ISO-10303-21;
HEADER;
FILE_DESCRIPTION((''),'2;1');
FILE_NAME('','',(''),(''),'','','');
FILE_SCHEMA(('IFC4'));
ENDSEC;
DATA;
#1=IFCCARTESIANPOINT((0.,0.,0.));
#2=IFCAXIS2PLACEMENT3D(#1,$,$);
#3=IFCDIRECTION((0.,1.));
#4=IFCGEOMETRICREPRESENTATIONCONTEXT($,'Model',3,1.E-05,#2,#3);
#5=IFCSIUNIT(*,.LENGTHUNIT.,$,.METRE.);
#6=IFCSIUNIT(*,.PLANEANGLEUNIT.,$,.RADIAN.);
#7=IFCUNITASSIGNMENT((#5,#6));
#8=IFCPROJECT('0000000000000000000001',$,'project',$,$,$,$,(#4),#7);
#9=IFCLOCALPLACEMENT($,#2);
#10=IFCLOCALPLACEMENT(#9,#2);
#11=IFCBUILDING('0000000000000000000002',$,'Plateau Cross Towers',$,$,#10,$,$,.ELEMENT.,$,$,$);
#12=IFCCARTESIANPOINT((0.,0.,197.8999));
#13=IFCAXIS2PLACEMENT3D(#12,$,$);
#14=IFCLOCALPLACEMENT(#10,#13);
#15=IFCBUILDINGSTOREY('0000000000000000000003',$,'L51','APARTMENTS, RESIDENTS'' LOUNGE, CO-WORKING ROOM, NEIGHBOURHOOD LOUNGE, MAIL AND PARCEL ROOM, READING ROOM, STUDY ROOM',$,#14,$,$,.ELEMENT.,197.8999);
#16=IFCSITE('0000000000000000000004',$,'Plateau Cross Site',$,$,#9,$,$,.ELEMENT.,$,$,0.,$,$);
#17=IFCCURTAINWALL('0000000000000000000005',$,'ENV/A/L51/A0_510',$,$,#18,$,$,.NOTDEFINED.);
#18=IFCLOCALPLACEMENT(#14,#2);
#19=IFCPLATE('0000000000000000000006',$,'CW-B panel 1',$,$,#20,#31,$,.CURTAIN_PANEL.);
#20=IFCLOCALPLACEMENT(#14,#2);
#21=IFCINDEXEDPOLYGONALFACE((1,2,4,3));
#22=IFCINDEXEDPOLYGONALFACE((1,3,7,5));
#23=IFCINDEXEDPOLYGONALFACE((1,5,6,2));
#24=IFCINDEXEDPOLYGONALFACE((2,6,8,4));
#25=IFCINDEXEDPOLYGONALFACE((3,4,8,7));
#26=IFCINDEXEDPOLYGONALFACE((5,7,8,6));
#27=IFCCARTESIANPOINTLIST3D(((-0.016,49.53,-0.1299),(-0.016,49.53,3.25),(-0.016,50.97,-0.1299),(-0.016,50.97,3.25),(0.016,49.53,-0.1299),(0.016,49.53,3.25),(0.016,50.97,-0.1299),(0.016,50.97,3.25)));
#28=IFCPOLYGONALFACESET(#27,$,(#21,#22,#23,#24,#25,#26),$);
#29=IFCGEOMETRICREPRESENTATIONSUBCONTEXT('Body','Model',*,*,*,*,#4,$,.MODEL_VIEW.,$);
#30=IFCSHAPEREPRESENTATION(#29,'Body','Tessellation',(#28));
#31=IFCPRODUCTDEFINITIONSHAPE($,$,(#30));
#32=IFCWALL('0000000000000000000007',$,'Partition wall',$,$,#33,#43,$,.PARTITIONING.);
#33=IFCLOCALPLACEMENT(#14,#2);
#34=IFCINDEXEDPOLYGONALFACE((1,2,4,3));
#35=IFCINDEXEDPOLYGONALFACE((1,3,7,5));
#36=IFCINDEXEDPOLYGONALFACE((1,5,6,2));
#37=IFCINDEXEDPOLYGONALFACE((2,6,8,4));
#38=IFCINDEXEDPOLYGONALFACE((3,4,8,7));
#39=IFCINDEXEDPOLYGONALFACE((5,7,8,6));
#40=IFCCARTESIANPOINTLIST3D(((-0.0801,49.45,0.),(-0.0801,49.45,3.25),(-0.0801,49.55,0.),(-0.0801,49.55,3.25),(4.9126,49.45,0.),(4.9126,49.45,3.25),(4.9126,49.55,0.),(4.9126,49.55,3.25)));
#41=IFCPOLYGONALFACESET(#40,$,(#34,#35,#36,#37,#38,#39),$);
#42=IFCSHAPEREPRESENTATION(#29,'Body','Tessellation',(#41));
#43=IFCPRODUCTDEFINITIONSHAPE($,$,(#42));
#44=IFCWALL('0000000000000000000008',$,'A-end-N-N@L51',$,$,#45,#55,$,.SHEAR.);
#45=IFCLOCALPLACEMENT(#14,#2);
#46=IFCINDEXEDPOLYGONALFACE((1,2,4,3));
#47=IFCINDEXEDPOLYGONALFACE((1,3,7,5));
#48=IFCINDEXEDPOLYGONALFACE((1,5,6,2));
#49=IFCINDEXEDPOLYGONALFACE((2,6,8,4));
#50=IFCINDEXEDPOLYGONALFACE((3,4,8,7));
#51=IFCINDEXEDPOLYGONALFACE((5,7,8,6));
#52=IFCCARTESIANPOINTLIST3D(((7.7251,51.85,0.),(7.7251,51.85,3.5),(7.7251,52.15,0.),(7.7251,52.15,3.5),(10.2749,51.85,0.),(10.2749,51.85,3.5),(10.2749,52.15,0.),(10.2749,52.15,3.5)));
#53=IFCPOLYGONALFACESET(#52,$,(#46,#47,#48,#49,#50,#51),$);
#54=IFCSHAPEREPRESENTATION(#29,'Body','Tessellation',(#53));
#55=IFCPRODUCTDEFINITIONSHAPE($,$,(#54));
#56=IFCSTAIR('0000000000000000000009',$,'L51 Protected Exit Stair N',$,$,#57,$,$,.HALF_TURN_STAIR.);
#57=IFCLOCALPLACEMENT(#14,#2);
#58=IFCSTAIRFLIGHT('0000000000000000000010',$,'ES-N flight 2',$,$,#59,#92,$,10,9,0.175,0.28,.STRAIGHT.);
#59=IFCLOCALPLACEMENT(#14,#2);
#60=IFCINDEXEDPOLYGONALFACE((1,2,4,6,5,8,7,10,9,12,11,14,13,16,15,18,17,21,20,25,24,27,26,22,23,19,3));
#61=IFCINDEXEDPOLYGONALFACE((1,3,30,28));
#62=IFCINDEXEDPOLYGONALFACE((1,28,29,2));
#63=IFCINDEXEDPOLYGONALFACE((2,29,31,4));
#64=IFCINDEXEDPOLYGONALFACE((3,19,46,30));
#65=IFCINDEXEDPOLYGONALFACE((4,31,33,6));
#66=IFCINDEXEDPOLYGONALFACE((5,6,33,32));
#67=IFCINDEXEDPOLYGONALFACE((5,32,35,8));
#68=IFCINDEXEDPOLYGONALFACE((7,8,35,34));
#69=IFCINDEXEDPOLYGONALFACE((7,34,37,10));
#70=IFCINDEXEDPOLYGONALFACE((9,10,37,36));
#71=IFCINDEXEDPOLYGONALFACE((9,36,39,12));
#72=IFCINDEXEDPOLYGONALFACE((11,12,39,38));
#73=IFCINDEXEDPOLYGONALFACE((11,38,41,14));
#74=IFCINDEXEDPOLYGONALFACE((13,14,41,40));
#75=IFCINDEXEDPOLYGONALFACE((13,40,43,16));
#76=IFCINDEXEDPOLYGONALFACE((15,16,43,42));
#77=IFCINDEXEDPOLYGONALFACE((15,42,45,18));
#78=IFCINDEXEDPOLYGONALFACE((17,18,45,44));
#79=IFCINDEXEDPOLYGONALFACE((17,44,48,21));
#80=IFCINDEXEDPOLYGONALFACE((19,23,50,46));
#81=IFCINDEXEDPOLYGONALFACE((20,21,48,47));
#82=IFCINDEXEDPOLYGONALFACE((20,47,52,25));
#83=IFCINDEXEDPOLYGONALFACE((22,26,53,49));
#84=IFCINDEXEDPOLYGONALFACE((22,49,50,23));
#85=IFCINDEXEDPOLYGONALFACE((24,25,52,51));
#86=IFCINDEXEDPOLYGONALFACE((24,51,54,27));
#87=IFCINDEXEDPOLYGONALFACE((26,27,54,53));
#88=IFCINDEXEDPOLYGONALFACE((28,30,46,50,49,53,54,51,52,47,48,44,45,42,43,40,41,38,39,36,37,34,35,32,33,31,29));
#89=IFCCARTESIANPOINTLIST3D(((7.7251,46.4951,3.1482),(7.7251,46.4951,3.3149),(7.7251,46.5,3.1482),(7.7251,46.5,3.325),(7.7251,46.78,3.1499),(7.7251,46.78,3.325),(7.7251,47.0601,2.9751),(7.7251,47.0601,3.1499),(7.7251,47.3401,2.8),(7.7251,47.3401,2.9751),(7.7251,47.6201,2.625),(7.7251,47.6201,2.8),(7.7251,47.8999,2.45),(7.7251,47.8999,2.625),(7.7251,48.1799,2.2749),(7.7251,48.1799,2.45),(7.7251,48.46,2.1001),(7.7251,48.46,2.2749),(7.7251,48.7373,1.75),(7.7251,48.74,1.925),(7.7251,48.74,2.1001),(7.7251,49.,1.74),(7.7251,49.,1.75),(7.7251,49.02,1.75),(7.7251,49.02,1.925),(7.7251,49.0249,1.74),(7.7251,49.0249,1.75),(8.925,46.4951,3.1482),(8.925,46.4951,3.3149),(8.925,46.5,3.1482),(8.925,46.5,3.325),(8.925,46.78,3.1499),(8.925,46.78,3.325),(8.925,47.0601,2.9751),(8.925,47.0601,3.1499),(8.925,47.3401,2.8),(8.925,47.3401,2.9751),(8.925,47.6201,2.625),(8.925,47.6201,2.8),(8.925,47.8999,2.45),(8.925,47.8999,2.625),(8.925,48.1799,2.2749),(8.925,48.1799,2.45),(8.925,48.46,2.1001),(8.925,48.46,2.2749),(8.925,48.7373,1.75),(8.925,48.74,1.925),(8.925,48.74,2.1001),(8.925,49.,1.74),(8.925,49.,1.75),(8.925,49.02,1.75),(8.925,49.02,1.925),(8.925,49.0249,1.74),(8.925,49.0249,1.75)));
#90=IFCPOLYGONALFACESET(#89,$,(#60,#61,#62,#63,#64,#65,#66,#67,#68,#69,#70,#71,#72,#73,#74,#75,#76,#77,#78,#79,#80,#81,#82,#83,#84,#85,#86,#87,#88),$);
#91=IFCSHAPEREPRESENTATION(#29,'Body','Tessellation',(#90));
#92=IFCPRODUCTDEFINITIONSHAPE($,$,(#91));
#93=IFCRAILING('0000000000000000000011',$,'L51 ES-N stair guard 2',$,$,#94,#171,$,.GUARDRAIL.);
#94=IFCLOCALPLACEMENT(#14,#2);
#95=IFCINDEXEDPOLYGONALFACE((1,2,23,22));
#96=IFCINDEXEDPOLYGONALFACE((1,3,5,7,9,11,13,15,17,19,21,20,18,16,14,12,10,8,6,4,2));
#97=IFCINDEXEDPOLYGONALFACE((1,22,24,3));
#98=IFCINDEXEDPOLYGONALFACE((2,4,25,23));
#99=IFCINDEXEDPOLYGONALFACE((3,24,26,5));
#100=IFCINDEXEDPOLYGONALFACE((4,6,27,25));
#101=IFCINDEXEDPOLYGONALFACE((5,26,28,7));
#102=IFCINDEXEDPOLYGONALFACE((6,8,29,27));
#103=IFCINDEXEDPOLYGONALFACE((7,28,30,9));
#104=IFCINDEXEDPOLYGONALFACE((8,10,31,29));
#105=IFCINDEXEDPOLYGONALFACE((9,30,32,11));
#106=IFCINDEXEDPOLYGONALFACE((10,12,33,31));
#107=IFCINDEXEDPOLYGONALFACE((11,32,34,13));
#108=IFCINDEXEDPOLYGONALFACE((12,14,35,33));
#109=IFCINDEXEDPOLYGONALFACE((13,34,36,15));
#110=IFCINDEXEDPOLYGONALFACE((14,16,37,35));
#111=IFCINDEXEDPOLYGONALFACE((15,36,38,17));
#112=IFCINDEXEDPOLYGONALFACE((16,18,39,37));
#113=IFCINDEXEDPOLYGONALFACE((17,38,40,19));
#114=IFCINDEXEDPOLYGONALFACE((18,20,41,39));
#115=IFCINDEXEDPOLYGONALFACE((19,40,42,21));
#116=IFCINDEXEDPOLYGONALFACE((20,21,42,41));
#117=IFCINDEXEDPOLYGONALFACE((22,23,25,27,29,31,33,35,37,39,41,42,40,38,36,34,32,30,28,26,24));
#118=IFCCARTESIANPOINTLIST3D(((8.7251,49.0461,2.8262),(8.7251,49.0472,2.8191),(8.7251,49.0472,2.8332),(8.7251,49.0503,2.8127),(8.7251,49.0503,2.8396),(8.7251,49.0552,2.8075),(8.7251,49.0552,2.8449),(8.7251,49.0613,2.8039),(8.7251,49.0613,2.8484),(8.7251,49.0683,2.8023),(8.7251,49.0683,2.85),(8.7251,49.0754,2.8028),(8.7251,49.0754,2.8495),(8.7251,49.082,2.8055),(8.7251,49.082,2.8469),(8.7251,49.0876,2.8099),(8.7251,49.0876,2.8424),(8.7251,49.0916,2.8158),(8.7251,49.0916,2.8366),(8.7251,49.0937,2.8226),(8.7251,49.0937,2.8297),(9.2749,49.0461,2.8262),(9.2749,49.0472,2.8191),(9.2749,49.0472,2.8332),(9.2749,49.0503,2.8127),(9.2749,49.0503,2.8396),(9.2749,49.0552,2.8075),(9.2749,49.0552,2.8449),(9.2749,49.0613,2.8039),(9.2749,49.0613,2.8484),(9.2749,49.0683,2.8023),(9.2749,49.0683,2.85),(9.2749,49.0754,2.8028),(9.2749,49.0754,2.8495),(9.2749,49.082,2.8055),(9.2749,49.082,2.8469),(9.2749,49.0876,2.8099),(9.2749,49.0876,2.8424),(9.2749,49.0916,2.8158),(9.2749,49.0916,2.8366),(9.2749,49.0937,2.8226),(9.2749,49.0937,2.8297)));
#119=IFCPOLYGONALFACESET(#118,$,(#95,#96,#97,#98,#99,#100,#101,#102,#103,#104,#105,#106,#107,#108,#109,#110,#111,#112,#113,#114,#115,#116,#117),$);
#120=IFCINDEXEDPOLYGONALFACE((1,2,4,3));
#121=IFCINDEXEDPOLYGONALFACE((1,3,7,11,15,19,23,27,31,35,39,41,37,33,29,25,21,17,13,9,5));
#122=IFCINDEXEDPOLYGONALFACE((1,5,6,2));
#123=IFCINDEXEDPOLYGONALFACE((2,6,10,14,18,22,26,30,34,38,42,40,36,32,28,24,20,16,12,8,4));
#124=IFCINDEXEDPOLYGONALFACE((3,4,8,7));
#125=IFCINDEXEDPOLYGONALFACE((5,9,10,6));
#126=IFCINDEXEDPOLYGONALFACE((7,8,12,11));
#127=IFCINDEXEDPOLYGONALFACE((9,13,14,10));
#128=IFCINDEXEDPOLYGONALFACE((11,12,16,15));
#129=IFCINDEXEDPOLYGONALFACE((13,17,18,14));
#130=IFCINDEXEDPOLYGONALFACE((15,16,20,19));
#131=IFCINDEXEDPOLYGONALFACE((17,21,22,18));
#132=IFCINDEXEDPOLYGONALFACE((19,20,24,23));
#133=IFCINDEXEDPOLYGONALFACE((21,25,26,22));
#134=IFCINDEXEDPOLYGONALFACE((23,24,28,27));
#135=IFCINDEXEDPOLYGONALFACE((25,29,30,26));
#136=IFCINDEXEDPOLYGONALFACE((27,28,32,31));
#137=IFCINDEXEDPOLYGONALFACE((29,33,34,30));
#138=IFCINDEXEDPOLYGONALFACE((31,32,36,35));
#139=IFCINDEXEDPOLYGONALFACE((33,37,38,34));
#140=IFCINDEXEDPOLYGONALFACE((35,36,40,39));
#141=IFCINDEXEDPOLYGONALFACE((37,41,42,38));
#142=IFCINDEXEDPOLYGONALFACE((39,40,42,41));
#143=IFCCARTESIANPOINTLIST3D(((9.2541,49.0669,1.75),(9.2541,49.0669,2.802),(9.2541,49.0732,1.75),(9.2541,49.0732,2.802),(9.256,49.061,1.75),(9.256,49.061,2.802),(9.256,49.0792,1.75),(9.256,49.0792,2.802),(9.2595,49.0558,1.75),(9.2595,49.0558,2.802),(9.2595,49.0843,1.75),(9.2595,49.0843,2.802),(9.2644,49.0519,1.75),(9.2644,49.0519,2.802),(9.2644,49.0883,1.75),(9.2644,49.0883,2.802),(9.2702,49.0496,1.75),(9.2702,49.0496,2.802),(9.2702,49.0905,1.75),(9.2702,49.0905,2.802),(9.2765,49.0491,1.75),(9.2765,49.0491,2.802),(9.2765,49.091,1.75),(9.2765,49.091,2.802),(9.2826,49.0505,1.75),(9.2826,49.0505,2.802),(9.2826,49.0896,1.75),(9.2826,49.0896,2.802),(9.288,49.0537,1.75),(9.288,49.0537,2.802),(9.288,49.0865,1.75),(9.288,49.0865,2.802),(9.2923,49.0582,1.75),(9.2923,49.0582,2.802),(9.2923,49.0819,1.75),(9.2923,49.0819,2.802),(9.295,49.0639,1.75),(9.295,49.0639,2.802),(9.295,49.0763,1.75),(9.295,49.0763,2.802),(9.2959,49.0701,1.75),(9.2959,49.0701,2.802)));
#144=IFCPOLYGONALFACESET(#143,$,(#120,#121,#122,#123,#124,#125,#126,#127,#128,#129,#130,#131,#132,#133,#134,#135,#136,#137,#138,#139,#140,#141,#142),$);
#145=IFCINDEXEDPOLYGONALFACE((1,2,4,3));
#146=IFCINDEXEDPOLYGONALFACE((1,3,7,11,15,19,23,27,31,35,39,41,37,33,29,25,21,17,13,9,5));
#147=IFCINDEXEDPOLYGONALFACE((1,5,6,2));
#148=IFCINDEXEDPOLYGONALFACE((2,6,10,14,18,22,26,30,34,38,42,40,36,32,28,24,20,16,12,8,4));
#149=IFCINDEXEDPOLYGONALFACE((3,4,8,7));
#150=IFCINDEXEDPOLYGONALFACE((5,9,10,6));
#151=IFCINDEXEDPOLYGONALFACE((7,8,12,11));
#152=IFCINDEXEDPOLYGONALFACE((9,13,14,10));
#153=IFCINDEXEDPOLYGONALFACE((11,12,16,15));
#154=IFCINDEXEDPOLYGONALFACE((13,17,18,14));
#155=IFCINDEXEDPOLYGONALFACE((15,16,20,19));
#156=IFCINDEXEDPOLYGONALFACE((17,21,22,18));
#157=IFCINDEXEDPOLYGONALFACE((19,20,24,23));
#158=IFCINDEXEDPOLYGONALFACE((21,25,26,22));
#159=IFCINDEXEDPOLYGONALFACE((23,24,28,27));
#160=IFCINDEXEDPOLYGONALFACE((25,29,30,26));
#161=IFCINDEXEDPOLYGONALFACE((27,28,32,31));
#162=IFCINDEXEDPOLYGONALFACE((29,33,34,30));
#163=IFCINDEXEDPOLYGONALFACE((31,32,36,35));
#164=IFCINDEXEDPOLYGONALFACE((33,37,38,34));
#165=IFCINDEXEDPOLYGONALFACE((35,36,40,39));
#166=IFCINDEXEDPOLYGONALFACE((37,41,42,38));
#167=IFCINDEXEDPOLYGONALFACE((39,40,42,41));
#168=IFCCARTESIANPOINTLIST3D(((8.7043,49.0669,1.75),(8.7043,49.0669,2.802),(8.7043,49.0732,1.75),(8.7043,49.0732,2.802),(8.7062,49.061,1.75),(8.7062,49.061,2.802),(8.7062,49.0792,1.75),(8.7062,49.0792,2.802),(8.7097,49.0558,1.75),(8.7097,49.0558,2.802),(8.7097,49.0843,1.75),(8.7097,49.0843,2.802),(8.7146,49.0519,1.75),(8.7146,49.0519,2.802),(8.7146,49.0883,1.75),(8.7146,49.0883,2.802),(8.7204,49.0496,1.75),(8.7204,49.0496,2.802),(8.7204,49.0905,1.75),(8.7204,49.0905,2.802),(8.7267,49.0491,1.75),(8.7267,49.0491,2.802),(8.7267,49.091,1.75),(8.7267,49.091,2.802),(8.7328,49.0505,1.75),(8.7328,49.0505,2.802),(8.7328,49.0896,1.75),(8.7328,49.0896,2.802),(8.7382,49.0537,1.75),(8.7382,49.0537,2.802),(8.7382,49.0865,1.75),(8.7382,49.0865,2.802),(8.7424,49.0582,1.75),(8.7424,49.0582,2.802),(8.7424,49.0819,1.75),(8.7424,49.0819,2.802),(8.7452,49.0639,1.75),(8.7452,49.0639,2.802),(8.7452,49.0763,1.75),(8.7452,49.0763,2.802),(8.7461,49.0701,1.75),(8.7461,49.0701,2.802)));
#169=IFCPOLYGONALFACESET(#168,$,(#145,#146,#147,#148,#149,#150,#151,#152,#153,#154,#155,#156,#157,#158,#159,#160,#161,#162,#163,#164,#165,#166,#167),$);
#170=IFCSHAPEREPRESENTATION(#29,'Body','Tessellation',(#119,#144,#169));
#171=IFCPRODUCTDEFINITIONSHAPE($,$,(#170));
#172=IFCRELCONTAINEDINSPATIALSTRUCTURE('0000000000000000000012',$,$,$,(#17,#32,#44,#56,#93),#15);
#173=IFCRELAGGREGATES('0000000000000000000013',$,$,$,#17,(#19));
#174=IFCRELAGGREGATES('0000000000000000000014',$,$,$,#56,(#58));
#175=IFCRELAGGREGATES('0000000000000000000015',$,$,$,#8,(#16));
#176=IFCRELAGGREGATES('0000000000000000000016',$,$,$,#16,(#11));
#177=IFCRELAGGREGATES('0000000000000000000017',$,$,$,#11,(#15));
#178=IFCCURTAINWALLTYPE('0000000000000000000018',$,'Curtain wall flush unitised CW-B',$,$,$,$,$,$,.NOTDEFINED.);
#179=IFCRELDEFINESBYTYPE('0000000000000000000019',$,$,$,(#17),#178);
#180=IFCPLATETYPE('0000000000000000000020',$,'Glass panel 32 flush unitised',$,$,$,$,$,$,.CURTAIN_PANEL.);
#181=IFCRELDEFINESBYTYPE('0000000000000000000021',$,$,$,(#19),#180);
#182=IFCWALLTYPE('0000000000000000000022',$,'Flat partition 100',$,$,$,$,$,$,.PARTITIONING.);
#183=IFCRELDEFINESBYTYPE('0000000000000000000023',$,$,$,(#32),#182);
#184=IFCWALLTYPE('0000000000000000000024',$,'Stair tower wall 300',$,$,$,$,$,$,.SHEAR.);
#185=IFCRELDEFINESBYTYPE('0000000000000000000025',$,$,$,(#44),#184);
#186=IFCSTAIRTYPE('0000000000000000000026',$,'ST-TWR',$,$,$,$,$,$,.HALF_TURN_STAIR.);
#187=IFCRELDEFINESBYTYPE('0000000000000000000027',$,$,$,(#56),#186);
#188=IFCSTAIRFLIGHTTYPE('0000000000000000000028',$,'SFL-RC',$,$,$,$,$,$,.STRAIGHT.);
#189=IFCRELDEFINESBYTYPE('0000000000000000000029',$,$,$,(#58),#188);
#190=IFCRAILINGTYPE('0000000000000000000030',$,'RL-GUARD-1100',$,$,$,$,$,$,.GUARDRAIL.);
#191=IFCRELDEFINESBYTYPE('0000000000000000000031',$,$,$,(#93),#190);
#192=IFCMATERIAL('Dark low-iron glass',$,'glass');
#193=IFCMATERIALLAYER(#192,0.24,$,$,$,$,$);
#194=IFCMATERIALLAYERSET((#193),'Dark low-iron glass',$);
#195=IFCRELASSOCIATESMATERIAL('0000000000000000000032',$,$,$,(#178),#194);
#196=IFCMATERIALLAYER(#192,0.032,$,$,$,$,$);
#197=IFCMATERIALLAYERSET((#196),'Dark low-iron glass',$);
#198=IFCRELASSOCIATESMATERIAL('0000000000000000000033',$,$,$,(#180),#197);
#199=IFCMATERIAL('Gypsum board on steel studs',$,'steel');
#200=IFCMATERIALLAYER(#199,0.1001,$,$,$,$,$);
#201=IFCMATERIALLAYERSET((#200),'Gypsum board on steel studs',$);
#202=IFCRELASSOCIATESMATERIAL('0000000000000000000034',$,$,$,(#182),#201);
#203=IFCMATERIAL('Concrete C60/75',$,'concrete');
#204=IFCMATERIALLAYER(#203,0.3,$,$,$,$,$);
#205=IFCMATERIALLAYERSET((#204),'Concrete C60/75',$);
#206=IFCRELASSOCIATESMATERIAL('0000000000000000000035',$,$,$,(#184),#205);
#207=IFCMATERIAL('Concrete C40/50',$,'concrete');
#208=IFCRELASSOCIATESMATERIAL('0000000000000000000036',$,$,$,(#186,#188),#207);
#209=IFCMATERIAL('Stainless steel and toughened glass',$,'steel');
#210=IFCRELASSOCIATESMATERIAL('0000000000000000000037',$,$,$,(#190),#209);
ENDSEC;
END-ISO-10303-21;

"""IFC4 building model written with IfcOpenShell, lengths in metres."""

from ifc_helpers import new_model, si_unit, direction, frame, frame_2d, origin, origin_2d, place, context, subcontext, project, spatial, polyline, rectangle, circle, outline, extrude, material, layer, layer_set, type_object, element, aggregate, save


model = new_model("IFC4")

# Units and contexts
model_context = context("Model", 3, precision=1e-05, world=origin(), true_north=direction((0.0, 1.0)))
body_context = subcontext(model_context, "Body", "Model", "MODEL_VIEW")
ifc_project = project(units=[si_unit("LENGTHUNIT", "METRE"), si_unit("PLANEANGLEUNIT", "RADIAN")], contexts=[model_context])

# Site, building, storey
site_placement = place(None, origin())
site = spatial("IfcSite", under=ifc_project, at=site_placement, Name="Plateau Cross Site", CompositionType="ELEMENT", RefElevation=0.0)
building_placement = place(site_placement, origin())
building = spatial("IfcBuilding", under=site, at=building_placement, Name="Plateau Cross Towers", CompositionType="ELEMENT")
storey_placement = place(building_placement, frame((0.0, 0.0, 197.8999)))
storey = spatial("IfcBuildingStorey", under=building, at=storey_placement, Name="L51", Description="APARTMENTS, RESIDENTS' LOUNGE, CO-WORKING ROOM, NEIGHBOURHOOD LOUNGE, MAIL AND PARCEL ROOM, READING ROOM, STUDY ROOM", CompositionType="ELEMENT", Elevation=197.8999)

# Shared definitions
ifc_material_1 = material(Name="Concrete C60/75", Category="concrete")

# Shared definitions
ifc_material_2 = material(Name="Dark low-iron glass", Category="glass")
ifc_layer_1 = layer(ifc_material_2, 0.24)
ifc_layer_set_1 = layer_set([ifc_layer_1], Name="Dark low-iron glass")
curtain_wall_type = type_object("IfcCurtainWallType", Name="Curtain wall flush unitised CW-B", PredefinedType="NOTDEFINED", material=ifc_layer_set_1)

# Curtain wall
curtain_wall_1_placement = place(storey_placement, origin())
curtain_wall_1 = element("IfcCurtainWall", 1, at=curtain_wall_1_placement, inside=storey, type_object=curtain_wall_type, Name="ENV/A/L51/A0_510", PredefinedType="NOTDEFINED")

# Plate
ifc_layer_2 = layer(ifc_material_2, 0.032)
ifc_layer_set_2 = layer_set([ifc_layer_2], Name="Dark low-iron glass")
plate_type = type_object("IfcPlateType", Name="Glass panel 32 flush unitised", PredefinedType="CURTAIN_PANEL", material=ifc_layer_set_2)
plate_1_placement = place(storey_placement, frame((0.0, 50.25, -0.1299), z_axis=(0.0, 0.0, 1.0), x_axis=(0.0, -1.0, 0.0)))
plate_1 = element("IfcPlate", 2, at=plate_1_placement, type_object=plate_type, Name="CW-B panel 1", PredefinedType="CURTAIN_PANEL", context=body_context, shape_type="SweptSolid", body=[
    extrude(rectangle(XDim=1.4399, YDim=0.032, at=origin_2d()), origin(), (0.0, 0.0, 1.0), 3.3799),
])
aggregate(curtain_wall_1, [plate_1])

# Walls
ifc_material_3 = material(Name="Gypsum board on steel studs", Category="steel")
ifc_layer_3 = layer(ifc_material_3, 0.1001)
ifc_layer_set_3 = layer_set([ifc_layer_3], Name="Gypsum board on steel studs")
wall_type_1 = type_object("IfcWallType", Name="Flat partition 100", PredefinedType="PARTITIONING", material=ifc_layer_set_3)
wall_1_placement = place(storey_placement, frame((4.9126, 49.5, 0.0), z_axis=(0.0, 0.0, 1.0), x_axis=(-1.0, 0.0, 0.0)))
element("IfcWall", 3, at=wall_1_placement, inside=storey, type_object=wall_type_1, Name="Partition wall", PredefinedType="PARTITIONING", context=body_context, shape_type="SweptSolid", body=[
    extrude(rectangle(XDim=4.9927, YDim=0.1001, at=frame_2d((2.4963, 0.0))), origin(), (0.0, 0.0, 1.0), 3.25),
])
ifc_layer_4 = layer(ifc_material_1, 0.3)
ifc_layer_set_4 = layer_set([ifc_layer_4], Name="Concrete C60/75")
wall_type_2 = type_object("IfcWallType", Name="Stair tower wall 300", PredefinedType="SHEAR", material=ifc_layer_set_4)
wall_2_placement = place(storey_placement, frame((7.7251, 52.0, 0.0), z_axis=(0.0, 0.0, 1.0), x_axis=(1.0, 0.0, 0.0)))
element("IfcWall", 4, at=wall_2_placement, inside=storey, type_object=wall_type_2, Name="A-end-N-N@L51", PredefinedType="SHEAR", context=body_context, shape_type="SweptSolid", body=[
    extrude(rectangle(XDim=2.5498, YDim=0.3, at=frame_2d((1.2749, 0.0))), origin(), (0.0, 0.0, 1.0), 3.5),
])

# Stair, stair flight
ifc_material_4 = material(Name="Concrete C40/50", Category="concrete")
stair_type = type_object("IfcStairType", Name="ST-TWR", PredefinedType="HALF_TURN_STAIR", material=ifc_material_4)
stair_placement = place(storey_placement, origin())
stair = element("IfcStair", 5, at=stair_placement, inside=storey, type_object=stair_type, Name="L51 Protected Exit Stair N", PredefinedType="HALF_TURN_STAIR")
stair_flight_type = type_object("IfcStairFlightType", Name="SFL-RC", PredefinedType="STRAIGHT", material=ifc_material_4)
stair_flight_placement = place(storey_placement, frame((8.325, 49.02, 1.75), z_axis=(0.0, 0.0, 1.0), x_axis=(0.0, -1.0, 0.0)))
stair_flight = element("IfcStairFlight", 6, at=stair_flight_placement, type_object=stair_flight_type, Name="ES-N flight 2", NumberOfRisers=10, NumberOfTreads=9, PredefinedType="STRAIGHT", RiserHeight=0.175, TreadLength=0.28, context=body_context, shape_type="SweptSolid", body=[
    extrude(outline(polyline([(-0.0049, -0.01), (-0.0049, 0.0), (0.0, 0.0), (0.0, 0.175), (0.28, 0.175), (0.28, 0.3501), (0.5601, 0.3501), (0.5601, 0.5249), (0.8401, 0.5249), (0.8401, 0.7), (1.1201, 0.7), (1.1201, 0.875), (1.3999, 0.875), (1.3999, 1.05), (1.6799, 1.05), (1.6799, 1.2251), (1.96, 1.2251), (1.96, 1.3999), (2.24, 1.3999), (2.24, 1.575), (2.52, 1.575), (2.5249, 1.5649), (2.5249, 1.3982), (2.52, 1.3982), (0.2827, 0.0), (0.02, 0.0), (0.02, -0.01), (-0.0049, -0.01)])), frame((0.0, 0.6001, 0.0), z_axis=(0.0, -1.0, 0.0), x_axis=(1.0, 0.0, 0.0)), (0.0, 0.0, 1.0), 1.2),
])
aggregate(stair, [stair_flight])

# Railing
ifc_material_5 = material(Name="Stainless steel and toughened glass", Category="steel")
railing_type_1 = type_object("IfcRailingType", Name="RL-GUARD-1100", PredefinedType="GUARDRAIL", material=ifc_material_5)
railing_1_placement = place(storey_placement, frame((9.2749, 49.0701, 1.75)))
element("IfcRailing", 7, at=railing_1_placement, inside=storey, type_object=railing_type_1, Name="L51 ES-N stair guard 2", PredefinedType="GUARDRAIL", context=body_context, shape_type="SweptSolid", body=[
    extrude(circle(Radius=0.0239, at=origin_2d()), frame((0.0, 0.0, 1.0762), z_axis=(-1.0, 0.0, 0.0), x_axis=(0.0, -1.0, 0.0)), (0.0, 0.0, 1.0), 0.5498),
    extrude(circle(Radius=0.021, at=origin_2d()), origin(), (0.0, 0.0, 1.0), 1.052),
    extrude(circle(Radius=0.021, at=origin_2d()), frame((-0.5498, 0.0, 0.0)), (0.0, 0.0, 1.0), 1.052),
])

save(model, "model.ifc")
